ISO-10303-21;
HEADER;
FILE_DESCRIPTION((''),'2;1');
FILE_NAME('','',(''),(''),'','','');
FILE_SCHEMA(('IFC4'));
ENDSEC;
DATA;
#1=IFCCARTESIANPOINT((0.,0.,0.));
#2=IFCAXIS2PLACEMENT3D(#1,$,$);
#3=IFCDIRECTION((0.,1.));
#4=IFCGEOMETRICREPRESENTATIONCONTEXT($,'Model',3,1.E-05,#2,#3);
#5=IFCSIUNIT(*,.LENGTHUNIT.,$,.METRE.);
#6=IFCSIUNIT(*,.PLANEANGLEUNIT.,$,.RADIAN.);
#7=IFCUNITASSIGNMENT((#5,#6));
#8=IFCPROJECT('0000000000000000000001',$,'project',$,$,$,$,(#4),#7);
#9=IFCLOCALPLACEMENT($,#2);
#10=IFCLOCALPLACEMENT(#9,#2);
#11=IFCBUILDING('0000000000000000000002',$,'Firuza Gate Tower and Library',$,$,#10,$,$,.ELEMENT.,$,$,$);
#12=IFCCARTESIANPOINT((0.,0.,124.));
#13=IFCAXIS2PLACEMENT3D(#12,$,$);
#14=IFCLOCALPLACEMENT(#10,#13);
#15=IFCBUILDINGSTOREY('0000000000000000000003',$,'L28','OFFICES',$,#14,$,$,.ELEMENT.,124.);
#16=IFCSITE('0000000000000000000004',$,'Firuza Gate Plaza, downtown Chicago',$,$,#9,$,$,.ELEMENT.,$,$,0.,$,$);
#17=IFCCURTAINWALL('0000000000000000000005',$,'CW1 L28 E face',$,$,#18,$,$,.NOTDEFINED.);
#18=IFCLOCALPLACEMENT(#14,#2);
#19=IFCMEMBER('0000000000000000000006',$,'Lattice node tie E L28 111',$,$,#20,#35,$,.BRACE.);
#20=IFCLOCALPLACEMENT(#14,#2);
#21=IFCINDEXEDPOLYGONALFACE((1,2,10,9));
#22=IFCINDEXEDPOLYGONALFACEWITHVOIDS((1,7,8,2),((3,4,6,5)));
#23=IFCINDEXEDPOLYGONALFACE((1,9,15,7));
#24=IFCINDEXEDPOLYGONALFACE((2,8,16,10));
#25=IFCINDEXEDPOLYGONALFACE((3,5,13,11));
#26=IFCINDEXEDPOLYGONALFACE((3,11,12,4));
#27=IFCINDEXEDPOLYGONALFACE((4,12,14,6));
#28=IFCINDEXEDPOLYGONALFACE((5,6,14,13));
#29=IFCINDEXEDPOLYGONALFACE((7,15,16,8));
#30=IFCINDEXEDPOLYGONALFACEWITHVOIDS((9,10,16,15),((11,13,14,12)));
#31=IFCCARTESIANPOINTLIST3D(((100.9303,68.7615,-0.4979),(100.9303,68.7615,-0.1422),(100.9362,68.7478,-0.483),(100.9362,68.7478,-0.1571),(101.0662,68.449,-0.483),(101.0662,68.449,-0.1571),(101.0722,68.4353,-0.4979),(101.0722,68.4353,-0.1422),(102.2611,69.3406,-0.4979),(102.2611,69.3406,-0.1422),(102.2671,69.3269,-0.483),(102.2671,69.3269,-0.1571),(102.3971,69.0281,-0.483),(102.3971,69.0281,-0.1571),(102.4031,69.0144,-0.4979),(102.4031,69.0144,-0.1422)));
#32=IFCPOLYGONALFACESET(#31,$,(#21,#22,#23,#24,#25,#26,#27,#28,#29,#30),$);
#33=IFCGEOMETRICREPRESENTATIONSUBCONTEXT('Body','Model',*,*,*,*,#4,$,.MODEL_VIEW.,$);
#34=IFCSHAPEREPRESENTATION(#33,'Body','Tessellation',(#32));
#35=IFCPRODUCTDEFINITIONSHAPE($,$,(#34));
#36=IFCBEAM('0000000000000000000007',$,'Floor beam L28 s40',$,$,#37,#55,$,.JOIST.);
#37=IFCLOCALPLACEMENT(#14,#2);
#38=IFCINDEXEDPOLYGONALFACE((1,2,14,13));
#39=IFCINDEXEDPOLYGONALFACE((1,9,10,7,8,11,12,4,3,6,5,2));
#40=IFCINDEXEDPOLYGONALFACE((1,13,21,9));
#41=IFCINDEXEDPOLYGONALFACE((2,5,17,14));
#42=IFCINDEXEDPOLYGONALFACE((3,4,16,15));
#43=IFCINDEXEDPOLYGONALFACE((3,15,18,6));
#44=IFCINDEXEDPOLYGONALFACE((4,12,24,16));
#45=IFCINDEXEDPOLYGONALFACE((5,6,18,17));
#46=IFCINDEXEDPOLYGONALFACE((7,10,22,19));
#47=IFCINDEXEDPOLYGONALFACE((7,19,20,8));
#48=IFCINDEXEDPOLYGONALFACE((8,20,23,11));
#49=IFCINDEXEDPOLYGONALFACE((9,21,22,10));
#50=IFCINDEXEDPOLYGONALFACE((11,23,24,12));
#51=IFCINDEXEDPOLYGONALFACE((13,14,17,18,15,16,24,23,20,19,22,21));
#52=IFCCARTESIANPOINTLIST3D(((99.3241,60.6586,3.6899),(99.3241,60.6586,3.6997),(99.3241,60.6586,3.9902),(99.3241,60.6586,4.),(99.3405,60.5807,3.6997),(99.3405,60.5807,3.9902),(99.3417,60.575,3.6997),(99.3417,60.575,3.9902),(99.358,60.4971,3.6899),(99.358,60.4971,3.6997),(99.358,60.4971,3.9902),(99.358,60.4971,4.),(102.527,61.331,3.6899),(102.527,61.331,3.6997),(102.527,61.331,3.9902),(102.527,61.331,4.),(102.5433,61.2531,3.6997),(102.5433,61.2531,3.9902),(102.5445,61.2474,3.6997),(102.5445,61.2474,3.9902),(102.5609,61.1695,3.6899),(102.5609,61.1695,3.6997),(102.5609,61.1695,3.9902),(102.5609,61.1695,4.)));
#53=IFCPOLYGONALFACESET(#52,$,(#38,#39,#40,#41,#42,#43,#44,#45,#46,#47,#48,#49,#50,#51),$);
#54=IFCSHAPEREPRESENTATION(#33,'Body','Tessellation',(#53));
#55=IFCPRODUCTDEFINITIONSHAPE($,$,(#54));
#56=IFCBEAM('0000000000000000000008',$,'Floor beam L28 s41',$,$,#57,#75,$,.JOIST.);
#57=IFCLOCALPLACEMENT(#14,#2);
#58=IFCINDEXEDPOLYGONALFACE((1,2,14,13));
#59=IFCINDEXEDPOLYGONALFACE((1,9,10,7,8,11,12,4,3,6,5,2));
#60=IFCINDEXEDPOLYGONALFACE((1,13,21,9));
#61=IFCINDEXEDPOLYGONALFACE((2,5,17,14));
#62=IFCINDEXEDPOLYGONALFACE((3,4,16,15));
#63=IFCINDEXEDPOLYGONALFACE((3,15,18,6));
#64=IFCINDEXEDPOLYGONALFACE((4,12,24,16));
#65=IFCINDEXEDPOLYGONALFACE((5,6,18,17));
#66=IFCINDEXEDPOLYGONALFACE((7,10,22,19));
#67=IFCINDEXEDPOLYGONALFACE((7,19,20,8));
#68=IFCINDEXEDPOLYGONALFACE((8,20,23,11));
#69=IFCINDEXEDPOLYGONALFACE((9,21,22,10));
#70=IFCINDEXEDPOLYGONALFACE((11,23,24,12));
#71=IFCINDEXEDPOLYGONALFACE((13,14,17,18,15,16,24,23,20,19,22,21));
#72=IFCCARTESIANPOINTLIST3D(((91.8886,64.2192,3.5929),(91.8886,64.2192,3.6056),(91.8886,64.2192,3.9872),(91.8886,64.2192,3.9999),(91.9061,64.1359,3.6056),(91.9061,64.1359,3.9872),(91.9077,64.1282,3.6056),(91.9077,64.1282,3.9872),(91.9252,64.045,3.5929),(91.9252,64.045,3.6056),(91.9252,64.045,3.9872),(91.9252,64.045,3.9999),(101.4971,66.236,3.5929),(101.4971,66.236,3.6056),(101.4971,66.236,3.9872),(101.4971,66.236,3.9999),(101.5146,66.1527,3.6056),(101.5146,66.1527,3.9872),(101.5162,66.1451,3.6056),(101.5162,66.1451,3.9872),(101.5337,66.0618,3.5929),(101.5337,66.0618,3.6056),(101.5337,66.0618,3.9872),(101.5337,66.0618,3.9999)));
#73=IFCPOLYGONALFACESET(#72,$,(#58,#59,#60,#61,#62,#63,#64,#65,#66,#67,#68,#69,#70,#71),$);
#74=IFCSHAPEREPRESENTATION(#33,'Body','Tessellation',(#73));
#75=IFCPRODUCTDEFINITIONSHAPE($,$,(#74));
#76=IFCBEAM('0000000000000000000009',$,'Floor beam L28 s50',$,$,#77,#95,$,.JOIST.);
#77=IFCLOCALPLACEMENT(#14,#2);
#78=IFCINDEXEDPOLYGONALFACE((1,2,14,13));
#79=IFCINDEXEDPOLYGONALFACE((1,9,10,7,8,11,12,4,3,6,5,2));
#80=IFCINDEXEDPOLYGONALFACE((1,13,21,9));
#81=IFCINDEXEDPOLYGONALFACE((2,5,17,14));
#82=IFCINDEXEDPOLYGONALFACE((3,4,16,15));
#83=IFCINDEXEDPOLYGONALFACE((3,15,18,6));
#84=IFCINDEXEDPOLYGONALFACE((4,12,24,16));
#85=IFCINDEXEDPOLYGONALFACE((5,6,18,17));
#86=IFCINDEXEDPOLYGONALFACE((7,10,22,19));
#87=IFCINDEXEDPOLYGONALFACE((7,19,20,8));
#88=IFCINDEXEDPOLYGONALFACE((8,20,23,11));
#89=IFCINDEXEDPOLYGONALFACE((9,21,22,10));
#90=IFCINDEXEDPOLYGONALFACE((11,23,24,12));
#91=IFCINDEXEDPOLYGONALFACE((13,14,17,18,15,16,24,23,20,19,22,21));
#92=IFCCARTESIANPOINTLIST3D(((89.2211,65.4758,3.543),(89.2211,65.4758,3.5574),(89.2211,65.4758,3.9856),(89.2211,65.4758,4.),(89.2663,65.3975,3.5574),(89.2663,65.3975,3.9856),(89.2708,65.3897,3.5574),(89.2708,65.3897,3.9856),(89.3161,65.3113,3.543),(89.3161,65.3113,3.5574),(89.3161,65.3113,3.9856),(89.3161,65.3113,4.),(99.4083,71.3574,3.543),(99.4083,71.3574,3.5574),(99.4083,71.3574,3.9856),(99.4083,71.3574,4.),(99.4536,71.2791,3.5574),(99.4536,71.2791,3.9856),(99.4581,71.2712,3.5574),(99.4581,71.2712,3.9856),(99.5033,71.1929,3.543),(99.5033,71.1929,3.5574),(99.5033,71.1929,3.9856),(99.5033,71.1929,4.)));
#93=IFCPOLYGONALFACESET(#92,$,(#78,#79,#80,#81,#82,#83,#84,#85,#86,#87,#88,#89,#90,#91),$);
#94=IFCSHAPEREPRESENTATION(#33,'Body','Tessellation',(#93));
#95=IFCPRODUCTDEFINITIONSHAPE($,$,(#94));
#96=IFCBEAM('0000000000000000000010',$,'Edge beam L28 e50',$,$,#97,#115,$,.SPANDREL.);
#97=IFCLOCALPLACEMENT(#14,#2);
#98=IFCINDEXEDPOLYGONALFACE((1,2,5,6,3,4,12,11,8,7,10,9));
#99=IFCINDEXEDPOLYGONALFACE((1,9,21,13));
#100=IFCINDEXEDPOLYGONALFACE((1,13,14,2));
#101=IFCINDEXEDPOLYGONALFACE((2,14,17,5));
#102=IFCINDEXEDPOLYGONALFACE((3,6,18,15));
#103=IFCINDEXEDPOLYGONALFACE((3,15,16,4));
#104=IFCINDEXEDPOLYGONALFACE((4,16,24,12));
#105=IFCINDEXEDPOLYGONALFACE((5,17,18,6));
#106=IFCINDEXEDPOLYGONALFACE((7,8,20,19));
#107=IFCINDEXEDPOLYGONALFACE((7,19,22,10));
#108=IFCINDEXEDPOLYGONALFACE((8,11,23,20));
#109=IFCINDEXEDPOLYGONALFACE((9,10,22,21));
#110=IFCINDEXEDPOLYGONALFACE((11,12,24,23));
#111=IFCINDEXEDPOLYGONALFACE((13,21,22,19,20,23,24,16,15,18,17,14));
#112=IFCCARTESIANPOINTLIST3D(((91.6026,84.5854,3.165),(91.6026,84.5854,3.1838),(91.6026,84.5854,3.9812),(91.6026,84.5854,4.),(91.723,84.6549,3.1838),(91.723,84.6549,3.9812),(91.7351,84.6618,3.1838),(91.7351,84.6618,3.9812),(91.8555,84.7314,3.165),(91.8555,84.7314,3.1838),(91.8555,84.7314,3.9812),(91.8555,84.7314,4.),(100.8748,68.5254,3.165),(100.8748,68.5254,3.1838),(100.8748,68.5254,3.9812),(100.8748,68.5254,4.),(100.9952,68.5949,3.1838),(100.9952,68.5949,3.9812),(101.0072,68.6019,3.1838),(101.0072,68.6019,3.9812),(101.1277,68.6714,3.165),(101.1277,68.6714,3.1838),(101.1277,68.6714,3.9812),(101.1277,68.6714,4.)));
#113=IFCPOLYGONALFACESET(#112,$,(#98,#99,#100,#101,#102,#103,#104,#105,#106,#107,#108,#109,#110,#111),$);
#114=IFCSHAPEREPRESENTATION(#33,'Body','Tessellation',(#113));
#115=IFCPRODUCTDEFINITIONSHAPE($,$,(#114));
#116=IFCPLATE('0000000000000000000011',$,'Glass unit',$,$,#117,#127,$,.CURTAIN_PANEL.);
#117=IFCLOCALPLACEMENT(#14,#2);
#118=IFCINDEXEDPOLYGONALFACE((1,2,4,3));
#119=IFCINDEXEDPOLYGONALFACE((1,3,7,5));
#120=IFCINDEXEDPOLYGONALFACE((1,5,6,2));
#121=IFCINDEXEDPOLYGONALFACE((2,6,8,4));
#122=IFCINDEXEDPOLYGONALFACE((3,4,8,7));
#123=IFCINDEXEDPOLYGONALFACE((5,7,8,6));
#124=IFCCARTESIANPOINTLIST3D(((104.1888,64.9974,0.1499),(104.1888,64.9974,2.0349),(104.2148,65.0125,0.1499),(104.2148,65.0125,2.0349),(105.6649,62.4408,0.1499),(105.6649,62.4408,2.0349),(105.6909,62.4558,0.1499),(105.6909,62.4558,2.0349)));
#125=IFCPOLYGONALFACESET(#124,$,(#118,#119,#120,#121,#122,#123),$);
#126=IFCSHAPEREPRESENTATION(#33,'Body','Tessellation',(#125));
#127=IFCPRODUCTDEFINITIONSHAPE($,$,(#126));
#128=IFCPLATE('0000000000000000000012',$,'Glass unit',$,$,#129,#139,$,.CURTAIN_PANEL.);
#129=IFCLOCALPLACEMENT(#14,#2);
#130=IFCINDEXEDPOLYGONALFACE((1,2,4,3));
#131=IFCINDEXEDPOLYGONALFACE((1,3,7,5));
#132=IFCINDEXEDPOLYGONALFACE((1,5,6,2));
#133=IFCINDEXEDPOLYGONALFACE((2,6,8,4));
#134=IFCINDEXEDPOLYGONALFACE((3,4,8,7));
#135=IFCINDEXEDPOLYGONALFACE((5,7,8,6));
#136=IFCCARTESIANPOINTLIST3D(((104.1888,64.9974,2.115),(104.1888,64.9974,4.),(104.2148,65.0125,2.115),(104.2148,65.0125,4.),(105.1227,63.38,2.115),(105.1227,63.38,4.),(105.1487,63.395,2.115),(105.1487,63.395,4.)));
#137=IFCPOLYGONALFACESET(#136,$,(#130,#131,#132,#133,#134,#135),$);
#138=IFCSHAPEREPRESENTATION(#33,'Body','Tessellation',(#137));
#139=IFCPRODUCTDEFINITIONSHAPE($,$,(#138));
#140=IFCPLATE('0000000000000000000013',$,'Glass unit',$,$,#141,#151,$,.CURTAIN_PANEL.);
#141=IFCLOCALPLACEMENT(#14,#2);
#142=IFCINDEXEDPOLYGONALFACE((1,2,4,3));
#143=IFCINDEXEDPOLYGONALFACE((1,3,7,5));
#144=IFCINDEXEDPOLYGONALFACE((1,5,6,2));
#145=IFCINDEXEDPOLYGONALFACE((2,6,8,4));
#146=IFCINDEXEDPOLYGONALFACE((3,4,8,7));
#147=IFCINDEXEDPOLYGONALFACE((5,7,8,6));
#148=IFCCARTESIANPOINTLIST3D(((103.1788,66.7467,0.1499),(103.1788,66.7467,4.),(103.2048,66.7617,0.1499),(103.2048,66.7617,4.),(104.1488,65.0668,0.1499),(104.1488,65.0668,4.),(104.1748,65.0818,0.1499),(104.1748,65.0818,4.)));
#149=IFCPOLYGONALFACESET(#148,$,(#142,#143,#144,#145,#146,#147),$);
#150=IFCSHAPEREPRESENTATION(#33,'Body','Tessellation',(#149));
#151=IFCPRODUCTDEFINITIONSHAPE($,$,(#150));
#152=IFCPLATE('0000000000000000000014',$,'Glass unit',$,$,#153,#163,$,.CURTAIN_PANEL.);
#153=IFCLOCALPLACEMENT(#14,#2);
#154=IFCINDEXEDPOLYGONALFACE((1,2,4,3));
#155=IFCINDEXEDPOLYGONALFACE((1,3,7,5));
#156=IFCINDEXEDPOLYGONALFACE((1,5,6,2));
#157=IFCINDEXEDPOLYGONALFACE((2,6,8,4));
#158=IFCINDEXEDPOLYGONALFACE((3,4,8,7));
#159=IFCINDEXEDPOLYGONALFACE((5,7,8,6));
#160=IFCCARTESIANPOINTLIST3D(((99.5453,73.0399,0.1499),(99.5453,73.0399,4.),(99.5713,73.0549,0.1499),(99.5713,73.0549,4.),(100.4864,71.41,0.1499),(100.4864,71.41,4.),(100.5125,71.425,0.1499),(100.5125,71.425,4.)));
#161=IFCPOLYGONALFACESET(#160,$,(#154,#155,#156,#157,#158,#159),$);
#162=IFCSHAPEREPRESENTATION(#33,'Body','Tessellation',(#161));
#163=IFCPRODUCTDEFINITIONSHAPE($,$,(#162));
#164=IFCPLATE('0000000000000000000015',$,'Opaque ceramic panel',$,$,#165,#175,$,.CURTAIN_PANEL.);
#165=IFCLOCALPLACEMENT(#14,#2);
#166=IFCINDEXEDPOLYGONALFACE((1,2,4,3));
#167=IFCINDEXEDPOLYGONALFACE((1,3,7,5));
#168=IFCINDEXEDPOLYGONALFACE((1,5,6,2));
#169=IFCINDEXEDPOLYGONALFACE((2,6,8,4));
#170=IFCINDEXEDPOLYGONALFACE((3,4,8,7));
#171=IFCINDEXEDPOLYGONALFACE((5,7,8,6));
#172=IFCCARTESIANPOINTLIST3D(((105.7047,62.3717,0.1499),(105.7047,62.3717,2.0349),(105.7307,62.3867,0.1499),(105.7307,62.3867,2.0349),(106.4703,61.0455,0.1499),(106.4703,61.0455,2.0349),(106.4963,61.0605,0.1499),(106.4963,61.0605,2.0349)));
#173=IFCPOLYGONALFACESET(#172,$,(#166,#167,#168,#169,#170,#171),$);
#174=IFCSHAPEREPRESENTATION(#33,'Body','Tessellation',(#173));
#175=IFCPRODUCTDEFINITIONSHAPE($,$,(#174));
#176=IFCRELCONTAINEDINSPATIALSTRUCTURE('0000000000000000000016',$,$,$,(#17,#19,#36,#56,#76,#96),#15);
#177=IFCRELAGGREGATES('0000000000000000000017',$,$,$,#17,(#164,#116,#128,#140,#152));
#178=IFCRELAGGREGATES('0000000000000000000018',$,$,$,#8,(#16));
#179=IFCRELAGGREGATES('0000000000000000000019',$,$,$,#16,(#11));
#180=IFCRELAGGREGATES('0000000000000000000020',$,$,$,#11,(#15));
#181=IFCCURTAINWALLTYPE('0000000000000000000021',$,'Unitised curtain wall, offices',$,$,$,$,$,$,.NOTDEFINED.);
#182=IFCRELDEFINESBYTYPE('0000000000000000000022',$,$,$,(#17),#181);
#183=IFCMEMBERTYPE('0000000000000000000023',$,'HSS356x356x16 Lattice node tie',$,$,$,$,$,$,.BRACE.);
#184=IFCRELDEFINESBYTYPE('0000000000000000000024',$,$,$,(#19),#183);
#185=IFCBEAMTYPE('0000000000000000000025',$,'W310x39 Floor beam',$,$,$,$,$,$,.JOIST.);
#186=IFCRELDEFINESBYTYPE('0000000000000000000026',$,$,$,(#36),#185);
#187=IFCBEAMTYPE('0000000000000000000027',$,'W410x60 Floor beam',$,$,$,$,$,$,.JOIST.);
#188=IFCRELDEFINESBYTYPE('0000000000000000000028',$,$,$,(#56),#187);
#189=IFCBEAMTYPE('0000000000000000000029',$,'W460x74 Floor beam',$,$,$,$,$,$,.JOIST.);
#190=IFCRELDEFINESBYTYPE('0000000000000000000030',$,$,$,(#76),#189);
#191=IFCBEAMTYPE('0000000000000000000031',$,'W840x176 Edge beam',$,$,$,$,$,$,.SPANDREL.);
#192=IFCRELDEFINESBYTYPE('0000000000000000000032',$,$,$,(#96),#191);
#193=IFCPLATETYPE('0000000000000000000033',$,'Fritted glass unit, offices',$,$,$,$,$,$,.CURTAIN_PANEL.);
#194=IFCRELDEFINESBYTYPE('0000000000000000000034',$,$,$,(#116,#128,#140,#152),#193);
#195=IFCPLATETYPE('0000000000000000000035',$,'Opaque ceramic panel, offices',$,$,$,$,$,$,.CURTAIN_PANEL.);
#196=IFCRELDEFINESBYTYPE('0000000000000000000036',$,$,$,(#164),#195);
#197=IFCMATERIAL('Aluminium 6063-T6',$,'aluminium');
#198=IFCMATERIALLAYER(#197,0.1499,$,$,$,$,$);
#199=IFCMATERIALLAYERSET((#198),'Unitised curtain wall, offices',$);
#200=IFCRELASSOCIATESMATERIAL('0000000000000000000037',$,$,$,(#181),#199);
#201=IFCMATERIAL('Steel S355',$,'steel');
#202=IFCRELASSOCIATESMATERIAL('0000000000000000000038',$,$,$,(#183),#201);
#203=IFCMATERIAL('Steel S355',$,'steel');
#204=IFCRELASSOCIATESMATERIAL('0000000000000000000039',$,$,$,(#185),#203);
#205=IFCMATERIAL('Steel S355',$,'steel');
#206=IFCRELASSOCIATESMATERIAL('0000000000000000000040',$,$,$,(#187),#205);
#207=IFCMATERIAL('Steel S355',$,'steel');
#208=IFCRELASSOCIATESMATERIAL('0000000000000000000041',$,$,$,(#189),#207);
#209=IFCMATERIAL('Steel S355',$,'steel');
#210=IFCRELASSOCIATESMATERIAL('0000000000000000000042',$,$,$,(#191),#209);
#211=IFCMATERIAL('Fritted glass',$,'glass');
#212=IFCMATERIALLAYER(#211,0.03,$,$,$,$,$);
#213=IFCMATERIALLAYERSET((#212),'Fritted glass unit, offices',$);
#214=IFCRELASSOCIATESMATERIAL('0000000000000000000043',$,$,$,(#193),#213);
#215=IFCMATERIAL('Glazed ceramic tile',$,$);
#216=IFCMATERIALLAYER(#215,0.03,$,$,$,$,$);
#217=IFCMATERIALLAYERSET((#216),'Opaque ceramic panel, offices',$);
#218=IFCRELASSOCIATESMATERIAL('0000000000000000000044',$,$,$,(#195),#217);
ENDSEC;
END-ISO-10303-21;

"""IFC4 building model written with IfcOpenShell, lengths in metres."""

from ifc_helpers import new_model, si_unit, direction, frame, origin, origin_2d, place, context, subcontext, project, spatial, polyline, hollow_rectangle, i_section, outline, extrude, material, layer, layer_set, material_profile, profile_set, type_object, element, aggregate, save


model = new_model("IFC4")

# Units and contexts
model_context = context("Model", 3, precision=1e-05, world=origin(), true_north=direction((0.0, 1.0)))
body_context = subcontext(model_context, "Body", "Model", "MODEL_VIEW")
ifc_project = project(units=[si_unit("LENGTHUNIT", "METRE"), si_unit("PLANEANGLEUNIT", "RADIAN")], contexts=[model_context])

# Site, building, storey
site_placement = place(None, origin())
site = spatial("IfcSite", under=ifc_project, at=site_placement, Name="Firuza Gate Plaza, downtown Chicago", CompositionType="ELEMENT", RefElevation=0.0)
building_placement = place(site_placement, origin())
building = spatial("IfcBuilding", under=site, at=building_placement, Name="Firuza Gate Tower and Library", CompositionType="ELEMENT")
storey_placement = place(building_placement, frame((0.0, 0.0, 124.0)))
storey = spatial("IfcBuildingStorey", under=building, at=storey_placement, Name="L28", Description="OFFICES", CompositionType="ELEMENT", Elevation=124.0)

# Curtain wall
ifc_material_1 = material(Name="Aluminium 6063-T6", Category="aluminium")
ifc_layer_1 = layer(ifc_material_1, 0.1499)
ifc_layer_set_1 = layer_set([ifc_layer_1], Name="Unitised curtain wall, offices")
curtain_wall_type = type_object("IfcCurtainWallType", Name="Unitised curtain wall, offices", PredefinedType="NOTDEFINED", material=ifc_layer_set_1)
curtain_wall_placement = place(storey_placement, origin())
curtain_wall = element("IfcCurtainWall", 1, at=curtain_wall_placement, inside=storey, type_object=curtain_wall_type, Name="CW1 L28 E face", PredefinedType="NOTDEFINED")

# Member
ifc_material_2 = material(Name="Steel S355", Category="steel")
ifc_material_profile_1 = material_profile(ifc_material_2, hollow_rectangle(XDim=0.3557, YDim=0.3557, WallThickness=0.0149, at=origin_2d()))
ifc_profile_set_1 = profile_set([ifc_material_profile_1], Name="Steel S355")
member_type_1 = type_object("IfcMemberType", Name="HSS356x356x16 Lattice node tie", PredefinedType="BRACE", material=ifc_profile_set_1)
member_1_placement = place(storey_placement, frame((101.0012, 68.5984, -0.3201), z_axis=(0.916947, 0.399009, 0.0), x_axis=(-0.399009, 0.916947, 0.0)))
element("IfcMember", 2, at=member_1_placement, inside=storey, type_object=member_type_1, Name="Lattice node tie E L28 111", PredefinedType="BRACE", context=body_context, shape_type="SweptSolid", body=[
    extrude(hollow_rectangle(XDim=0.3557, YDim=0.3557, WallThickness=0.0149, at=origin_2d()), origin(), (0.0, 0.0, 1.0), 1.4514),
])

# Beams
ifc_material_3 = material(Name="Steel S355", Category="steel")
ifc_material_profile_2 = material_profile(ifc_material_3, i_section(OverallWidth=0.165, OverallDepth=0.3101, WebThickness=0.0059, FlangeThickness=0.0098, at=origin_2d()))
ifc_profile_set_2 = profile_set([ifc_material_profile_2], Name="Steel S355")
beam_type_1 = type_object("IfcBeamType", Name="W310x39 Floor beam", PredefinedType="JOIST", material=ifc_profile_set_2)
beam_1_placement = place(storey_placement, frame((102.5439, 61.2502, 3.845), z_axis=(-0.978668, -0.205446, 0.0), x_axis=(0.205446, -0.978668, 0.0)))
element("IfcBeam", 3, at=beam_1_placement, inside=storey, type_object=beam_type_1, Name="Floor beam L28 s40", PredefinedType="JOIST", context=body_context, shape_type="SweptSolid", body=[
    extrude(i_section(OverallWidth=0.165, OverallDepth=0.3101, WebThickness=0.0059, FlangeThickness=0.0098, at=origin_2d()), origin(), (0.0, 0.0, 1.0), 3.2727),
])
ifc_material_4 = material(Name="Steel S355", Category="steel")
ifc_material_profile_3 = material_profile(ifc_material_4, i_section(OverallWidth=0.178, OverallDepth=0.407, WebThickness=0.0078, FlangeThickness=0.0127, at=origin_2d()))
ifc_profile_set_3 = profile_set([ifc_material_profile_3], Name="Steel S355")
beam_type_2 = type_object("IfcBeamType", Name="W410x60 Floor beam", PredefinedType="JOIST", material=ifc_profile_set_3)
beam_2_placement = place(storey_placement, frame((101.5154, 66.1489, 3.7964), z_axis=(-0.978672, -0.205428, 0.0), x_axis=(0.205428, -0.978672, 0.0)))
element("IfcBeam", 4, at=beam_2_placement, inside=storey, type_object=beam_type_2, Name="Floor beam L28 s41", PredefinedType="JOIST", context=body_context, shape_type="SweptSolid", body=[
    extrude(i_section(OverallWidth=0.178, OverallDepth=0.407, WebThickness=0.0078, FlangeThickness=0.0127, at=origin_2d()), origin(), (0.0, 0.0, 1.0), 9.8179),
])
ifc_material_5 = material(Name="Steel S355", Category="steel")
ifc_material_profile_4 = material_profile(ifc_material_5, i_section(OverallWidth=0.1899, OverallDepth=0.457, WebThickness=0.009, FlangeThickness=0.0144, at=origin_2d()))
ifc_profile_set_4 = profile_set([ifc_material_profile_4], Name="Steel S355")
beam_type_3 = type_object("IfcBeamType", Name="W460x74 Floor beam", PredefinedType="JOIST", material=ifc_profile_set_4)
beam_3_placement = place(storey_placement, frame((99.4558, 71.2751, 3.7715), z_axis=(-0.866026, -0.499999, 0.0), x_axis=(0.499999, -0.866026, 0.0)))
element("IfcBeam", 5, at=beam_3_placement, inside=storey, type_object=beam_type_3, Name="Floor beam L28 s50", PredefinedType="JOIST", context=body_context, shape_type="SweptSolid", body=[
    extrude(i_section(OverallWidth=0.1899, OverallDepth=0.457, WebThickness=0.009, FlangeThickness=0.0144, at=origin_2d()), origin(), (0.0, 0.0, 1.0), 11.7632),
])
ifc_material_6 = material(Name="Steel S355", Category="steel")
ifc_material_profile_5 = material_profile(ifc_material_6, i_section(OverallWidth=0.292, OverallDepth=0.835, WebThickness=0.0139, FlangeThickness=0.0188, at=origin_2d()))
ifc_profile_set_5 = profile_set([ifc_material_profile_5], Name="Steel S355")
beam_type_4 = type_object("IfcBeamType", Name="W840x176 Edge beam", PredefinedType="SPANDREL", material=ifc_profile_set_5)
beam_4_placement = place(storey_placement, frame((101.0012, 68.5984, 3.5825), z_axis=(-0.499997, 0.866027, 0.0), x_axis=(-0.866027, -0.499997, 0.0)))
element("IfcBeam", 6, at=beam_4_placement, inside=storey, type_object=beam_type_4, Name="Edge beam L28 e50", PredefinedType="SPANDREL", context=body_context, shape_type="SweptSolid", body=[
    extrude(i_section(OverallWidth=0.292, OverallDepth=0.835, WebThickness=0.0139, FlangeThickness=0.0188, at=origin_2d()), origin(), (0.0, 0.0, 1.0), 18.5444),
])

# Plates
ifc_material_7 = material(Name="Fritted glass", Category="glass")
ifc_layer_2 = layer(ifc_material_7, 0.03)
ifc_layer_set_2 = layer_set([ifc_layer_2], Name="Fritted glass unit, offices")
plate_type_1 = type_object("IfcPlateType", Name="Fritted glass unit, offices", PredefinedType="CURTAIN_PANEL", material=ifc_layer_set_2)
plate_1_placement = place(storey_placement, frame((105.6909, 62.4558, 0.1499), z_axis=(0.866026, 0.499999, 0.0), x_axis=(-0.499999, 0.866026, 0.0)))
plate_1 = element("IfcPlate", 7, at=plate_1_placement, type_object=plate_type_1, Name="Glass unit", PredefinedType="CURTAIN_PANEL", context=body_context, shape_type="SweptSolid", body=[
    extrude(outline(polyline([(0.0, 0.0), (2.9522, 0.0), (2.9522, 1.885), (0.0, 1.885), (0.0, 0.0)])), origin(), (0.0, 0.0, -1.0), 0.03),
])
plate_2_placement = place(storey_placement, frame((105.1487, 63.395, 2.115), z_axis=(0.866022, 0.500005, 0.0), x_axis=(-0.500005, 0.866022, 0.0)))
plate_2 = element("IfcPlate", 8, at=plate_2_placement, type_object=plate_type_1, Name="Glass unit", PredefinedType="CURTAIN_PANEL", context=body_context, shape_type="SweptSolid", body=[
    extrude(outline(polyline([(0.0, 0.0), (1.8677, 0.0), (1.8677, 1.885), (0.0, 1.885), (0.0, 0.0)])), origin(), (0.0, 0.0, -1.0), 0.03),
])
plate_3_placement = place(storey_placement, frame((104.1748, 65.0818, 0.1499), z_axis=(0.866012, 0.500024, 0.0), x_axis=(-0.500024, 0.866012, 0.0)))
plate_3 = element("IfcPlate", 9, at=plate_3_placement, type_object=plate_type_1, Name="Glass unit", PredefinedType="CURTAIN_PANEL", context=body_context, shape_type="SweptSolid", body=[
    extrude(outline(polyline([(0.0, 0.0), (1.9398, 0.0), (1.9398, 3.8501), (0.0, 3.8501), (0.0, 0.0)])), origin(), (0.0, 0.0, -1.0), 0.03),
])
plate_4_placement = place(storey_placement, frame((100.5125, 71.425, 0.1499), z_axis=(0.865991, 0.500059, 0.0), x_axis=(-0.500059, 0.865991, 0.0)))
plate_4 = element("IfcPlate", 10, at=plate_4_placement, type_object=plate_type_1, Name="Glass unit", PredefinedType="CURTAIN_PANEL", context=body_context, shape_type="SweptSolid", body=[
    extrude(outline(polyline([(0.0, 0.0), (1.8821, 0.0), (1.8821, 3.8501), (0.0, 3.8501), (0.0, 0.0)])), origin(), (0.0, 0.0, -1.0), 0.03),
])
ifc_material_8 = material(Name="Glazed ceramic tile")
ifc_layer_3 = layer(ifc_material_8, 0.03)
ifc_layer_set_3 = layer_set([ifc_layer_3], Name="Opaque ceramic panel, offices")
plate_type_2 = type_object("IfcPlateType", Name="Opaque ceramic panel, offices", PredefinedType="CURTAIN_PANEL", material=ifc_layer_set_3)
plate_5_placement = place(storey_placement, frame((106.4963, 61.0605, 0.1499), z_axis=(0.866037, 0.49998, 0.0), x_axis=(-0.49998, 0.866037, 0.0)))
plate_5 = element("IfcPlate", 11, at=plate_5_placement, type_object=plate_type_2, Name="Opaque ceramic panel", PredefinedType="CURTAIN_PANEL", context=body_context, shape_type="SweptSolid", body=[
    extrude(outline(polyline([(0.0, 0.0), (1.5313, 0.0), (1.5313, 1.885), (0.0, 1.885), (0.0, 0.0)])), origin(), (0.0, 0.0, -1.0), 0.03),
])
aggregate(curtain_wall, [plate_5, plate_1, plate_2, plate_3, plate_4])

save(model, "model.ifc")
